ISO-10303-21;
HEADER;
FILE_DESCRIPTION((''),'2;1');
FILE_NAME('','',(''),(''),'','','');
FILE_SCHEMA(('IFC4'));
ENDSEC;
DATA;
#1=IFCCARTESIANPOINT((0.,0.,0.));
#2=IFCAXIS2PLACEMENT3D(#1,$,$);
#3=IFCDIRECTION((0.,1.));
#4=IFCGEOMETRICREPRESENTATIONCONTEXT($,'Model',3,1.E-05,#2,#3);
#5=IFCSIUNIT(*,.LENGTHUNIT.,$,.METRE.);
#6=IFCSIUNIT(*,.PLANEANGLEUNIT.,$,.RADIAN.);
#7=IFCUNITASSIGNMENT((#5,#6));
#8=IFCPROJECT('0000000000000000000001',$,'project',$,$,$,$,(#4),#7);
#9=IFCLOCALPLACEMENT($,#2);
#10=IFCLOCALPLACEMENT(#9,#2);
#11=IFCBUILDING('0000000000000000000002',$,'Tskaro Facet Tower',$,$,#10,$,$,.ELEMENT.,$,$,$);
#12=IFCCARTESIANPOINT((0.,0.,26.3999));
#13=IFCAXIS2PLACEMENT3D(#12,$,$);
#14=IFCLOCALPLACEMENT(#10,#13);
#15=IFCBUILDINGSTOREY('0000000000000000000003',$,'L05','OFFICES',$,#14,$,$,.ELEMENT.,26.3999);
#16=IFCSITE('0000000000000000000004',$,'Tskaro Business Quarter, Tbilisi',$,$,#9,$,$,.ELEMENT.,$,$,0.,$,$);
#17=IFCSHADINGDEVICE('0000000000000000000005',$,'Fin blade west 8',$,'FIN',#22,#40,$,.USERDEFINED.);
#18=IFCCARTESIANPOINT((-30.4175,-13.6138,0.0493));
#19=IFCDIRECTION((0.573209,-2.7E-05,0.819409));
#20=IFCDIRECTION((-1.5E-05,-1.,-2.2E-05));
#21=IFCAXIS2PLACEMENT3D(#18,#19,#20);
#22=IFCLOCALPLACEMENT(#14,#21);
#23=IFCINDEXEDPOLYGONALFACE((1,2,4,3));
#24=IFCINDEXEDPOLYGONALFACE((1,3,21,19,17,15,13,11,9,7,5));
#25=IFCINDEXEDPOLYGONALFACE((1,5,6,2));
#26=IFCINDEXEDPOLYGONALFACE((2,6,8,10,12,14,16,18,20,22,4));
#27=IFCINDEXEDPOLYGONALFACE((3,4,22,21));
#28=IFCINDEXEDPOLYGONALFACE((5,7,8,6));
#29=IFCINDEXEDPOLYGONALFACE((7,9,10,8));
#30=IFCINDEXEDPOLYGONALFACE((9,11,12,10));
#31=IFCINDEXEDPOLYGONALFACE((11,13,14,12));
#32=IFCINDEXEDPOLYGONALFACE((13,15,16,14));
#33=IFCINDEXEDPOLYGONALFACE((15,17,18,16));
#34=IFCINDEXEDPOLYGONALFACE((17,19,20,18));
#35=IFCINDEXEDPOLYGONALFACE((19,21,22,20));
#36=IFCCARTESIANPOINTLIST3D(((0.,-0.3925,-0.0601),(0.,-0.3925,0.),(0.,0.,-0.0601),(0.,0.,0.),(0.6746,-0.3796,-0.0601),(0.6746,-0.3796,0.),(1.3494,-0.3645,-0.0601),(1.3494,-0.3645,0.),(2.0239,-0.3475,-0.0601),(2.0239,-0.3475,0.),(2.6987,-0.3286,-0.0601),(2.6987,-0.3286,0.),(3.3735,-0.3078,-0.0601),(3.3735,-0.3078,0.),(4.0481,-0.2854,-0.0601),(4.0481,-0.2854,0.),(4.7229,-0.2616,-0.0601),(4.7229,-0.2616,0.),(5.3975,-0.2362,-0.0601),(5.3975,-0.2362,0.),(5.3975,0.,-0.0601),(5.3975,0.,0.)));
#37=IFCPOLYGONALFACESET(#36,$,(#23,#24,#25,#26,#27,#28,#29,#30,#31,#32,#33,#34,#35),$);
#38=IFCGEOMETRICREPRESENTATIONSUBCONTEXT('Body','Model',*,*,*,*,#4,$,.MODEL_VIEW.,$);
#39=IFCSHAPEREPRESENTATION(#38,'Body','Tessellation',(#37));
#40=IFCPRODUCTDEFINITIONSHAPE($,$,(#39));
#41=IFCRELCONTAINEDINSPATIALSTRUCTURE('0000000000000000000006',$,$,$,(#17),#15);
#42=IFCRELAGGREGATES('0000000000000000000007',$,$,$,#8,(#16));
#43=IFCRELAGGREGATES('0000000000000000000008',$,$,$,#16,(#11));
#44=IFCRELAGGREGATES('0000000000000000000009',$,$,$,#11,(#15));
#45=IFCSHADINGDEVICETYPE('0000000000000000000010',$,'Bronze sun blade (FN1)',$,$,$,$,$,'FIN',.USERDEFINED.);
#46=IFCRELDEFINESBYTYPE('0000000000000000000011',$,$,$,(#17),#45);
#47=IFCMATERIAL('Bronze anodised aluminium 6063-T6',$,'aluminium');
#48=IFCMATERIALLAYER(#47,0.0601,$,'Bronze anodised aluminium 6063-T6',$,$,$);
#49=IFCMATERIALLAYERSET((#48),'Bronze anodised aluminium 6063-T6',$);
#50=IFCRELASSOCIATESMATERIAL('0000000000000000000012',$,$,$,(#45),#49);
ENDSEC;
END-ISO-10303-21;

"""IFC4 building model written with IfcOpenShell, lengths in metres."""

from ifc_helpers import new_model, si_unit, direction, frame, origin, place, context, subcontext, project, spatial, polyline, outline, extrude, material, layer, layer_set, type_object, element, save


model = new_model("IFC4")

# Units and contexts
model_context = context("Model", 3, precision=1e-05, world=origin(), true_north=direction((0.0, 1.0)))
body_context = subcontext(model_context, "Body", "Model", "MODEL_VIEW")
ifc_project = project(units=[si_unit("LENGTHUNIT", "METRE"), si_unit("PLANEANGLEUNIT", "RADIAN")], contexts=[model_context])

# Site, building, storey
site_placement = place(None, origin())
site = spatial("IfcSite", under=ifc_project, at=site_placement, Name="Tskaro Business Quarter, Tbilisi", CompositionType="ELEMENT", RefElevation=0.0)
building_placement = place(site_placement, origin())
building = spatial("IfcBuilding", under=site, at=building_placement, Name="Tskaro Facet Tower", CompositionType="ELEMENT")
storey_placement = place(building_placement, frame((0.0, 0.0, 26.3999)))
storey = spatial("IfcBuildingStorey", under=building, at=storey_placement, Name="L05", Description="OFFICES", CompositionType="ELEMENT", Elevation=26.3999)

# Shared definitions
ifc_material_1 = material(Name="Bronze anodised aluminium 6063-T6", Category="aluminium")

# Shading device
ifc_layer_1 = layer(ifc_material_1, 0.0601, Name="Bronze anodised aluminium 6063-T6")
ifc_layer_set_1 = layer_set([ifc_layer_1], Name="Bronze anodised aluminium 6063-T6")
shading_device_type = type_object("IfcShadingDeviceType", Name="Bronze sun blade (FN1)", ElementType="FIN", PredefinedType="USERDEFINED", material=ifc_layer_set_1)
shading_device_1_placement = place(storey_placement, frame((-30.4175, -13.6138, 0.0493), z_axis=(0.573209, -0.000027, 0.819409), x_axis=(-0.000015, -1.0, -0.000022)))
element("IfcShadingDevice", 1, at=shading_device_1_placement, inside=storey, type_object=shading_device_type, Name="Fin blade west 8", ObjectType="FIN", PredefinedType="USERDEFINED", context=body_context, shape_type="SweptSolid", body=[
    extrude(outline(polyline([(0.0, 0.0), (5.3975, 0.0), (5.3975, -0.2362), (4.7229, -0.2616), (4.0481, -0.2854), (3.3735, -0.3078), (2.6987, -0.3286), (2.0239, -0.3475), (1.3494, -0.3645), (0.6746, -0.3796), (0.0, -0.3925), (0.0, 0.0)])), origin(), (0.0, 0.0, -1.0), 0.0601),
])

save(model, "model.ifc")
